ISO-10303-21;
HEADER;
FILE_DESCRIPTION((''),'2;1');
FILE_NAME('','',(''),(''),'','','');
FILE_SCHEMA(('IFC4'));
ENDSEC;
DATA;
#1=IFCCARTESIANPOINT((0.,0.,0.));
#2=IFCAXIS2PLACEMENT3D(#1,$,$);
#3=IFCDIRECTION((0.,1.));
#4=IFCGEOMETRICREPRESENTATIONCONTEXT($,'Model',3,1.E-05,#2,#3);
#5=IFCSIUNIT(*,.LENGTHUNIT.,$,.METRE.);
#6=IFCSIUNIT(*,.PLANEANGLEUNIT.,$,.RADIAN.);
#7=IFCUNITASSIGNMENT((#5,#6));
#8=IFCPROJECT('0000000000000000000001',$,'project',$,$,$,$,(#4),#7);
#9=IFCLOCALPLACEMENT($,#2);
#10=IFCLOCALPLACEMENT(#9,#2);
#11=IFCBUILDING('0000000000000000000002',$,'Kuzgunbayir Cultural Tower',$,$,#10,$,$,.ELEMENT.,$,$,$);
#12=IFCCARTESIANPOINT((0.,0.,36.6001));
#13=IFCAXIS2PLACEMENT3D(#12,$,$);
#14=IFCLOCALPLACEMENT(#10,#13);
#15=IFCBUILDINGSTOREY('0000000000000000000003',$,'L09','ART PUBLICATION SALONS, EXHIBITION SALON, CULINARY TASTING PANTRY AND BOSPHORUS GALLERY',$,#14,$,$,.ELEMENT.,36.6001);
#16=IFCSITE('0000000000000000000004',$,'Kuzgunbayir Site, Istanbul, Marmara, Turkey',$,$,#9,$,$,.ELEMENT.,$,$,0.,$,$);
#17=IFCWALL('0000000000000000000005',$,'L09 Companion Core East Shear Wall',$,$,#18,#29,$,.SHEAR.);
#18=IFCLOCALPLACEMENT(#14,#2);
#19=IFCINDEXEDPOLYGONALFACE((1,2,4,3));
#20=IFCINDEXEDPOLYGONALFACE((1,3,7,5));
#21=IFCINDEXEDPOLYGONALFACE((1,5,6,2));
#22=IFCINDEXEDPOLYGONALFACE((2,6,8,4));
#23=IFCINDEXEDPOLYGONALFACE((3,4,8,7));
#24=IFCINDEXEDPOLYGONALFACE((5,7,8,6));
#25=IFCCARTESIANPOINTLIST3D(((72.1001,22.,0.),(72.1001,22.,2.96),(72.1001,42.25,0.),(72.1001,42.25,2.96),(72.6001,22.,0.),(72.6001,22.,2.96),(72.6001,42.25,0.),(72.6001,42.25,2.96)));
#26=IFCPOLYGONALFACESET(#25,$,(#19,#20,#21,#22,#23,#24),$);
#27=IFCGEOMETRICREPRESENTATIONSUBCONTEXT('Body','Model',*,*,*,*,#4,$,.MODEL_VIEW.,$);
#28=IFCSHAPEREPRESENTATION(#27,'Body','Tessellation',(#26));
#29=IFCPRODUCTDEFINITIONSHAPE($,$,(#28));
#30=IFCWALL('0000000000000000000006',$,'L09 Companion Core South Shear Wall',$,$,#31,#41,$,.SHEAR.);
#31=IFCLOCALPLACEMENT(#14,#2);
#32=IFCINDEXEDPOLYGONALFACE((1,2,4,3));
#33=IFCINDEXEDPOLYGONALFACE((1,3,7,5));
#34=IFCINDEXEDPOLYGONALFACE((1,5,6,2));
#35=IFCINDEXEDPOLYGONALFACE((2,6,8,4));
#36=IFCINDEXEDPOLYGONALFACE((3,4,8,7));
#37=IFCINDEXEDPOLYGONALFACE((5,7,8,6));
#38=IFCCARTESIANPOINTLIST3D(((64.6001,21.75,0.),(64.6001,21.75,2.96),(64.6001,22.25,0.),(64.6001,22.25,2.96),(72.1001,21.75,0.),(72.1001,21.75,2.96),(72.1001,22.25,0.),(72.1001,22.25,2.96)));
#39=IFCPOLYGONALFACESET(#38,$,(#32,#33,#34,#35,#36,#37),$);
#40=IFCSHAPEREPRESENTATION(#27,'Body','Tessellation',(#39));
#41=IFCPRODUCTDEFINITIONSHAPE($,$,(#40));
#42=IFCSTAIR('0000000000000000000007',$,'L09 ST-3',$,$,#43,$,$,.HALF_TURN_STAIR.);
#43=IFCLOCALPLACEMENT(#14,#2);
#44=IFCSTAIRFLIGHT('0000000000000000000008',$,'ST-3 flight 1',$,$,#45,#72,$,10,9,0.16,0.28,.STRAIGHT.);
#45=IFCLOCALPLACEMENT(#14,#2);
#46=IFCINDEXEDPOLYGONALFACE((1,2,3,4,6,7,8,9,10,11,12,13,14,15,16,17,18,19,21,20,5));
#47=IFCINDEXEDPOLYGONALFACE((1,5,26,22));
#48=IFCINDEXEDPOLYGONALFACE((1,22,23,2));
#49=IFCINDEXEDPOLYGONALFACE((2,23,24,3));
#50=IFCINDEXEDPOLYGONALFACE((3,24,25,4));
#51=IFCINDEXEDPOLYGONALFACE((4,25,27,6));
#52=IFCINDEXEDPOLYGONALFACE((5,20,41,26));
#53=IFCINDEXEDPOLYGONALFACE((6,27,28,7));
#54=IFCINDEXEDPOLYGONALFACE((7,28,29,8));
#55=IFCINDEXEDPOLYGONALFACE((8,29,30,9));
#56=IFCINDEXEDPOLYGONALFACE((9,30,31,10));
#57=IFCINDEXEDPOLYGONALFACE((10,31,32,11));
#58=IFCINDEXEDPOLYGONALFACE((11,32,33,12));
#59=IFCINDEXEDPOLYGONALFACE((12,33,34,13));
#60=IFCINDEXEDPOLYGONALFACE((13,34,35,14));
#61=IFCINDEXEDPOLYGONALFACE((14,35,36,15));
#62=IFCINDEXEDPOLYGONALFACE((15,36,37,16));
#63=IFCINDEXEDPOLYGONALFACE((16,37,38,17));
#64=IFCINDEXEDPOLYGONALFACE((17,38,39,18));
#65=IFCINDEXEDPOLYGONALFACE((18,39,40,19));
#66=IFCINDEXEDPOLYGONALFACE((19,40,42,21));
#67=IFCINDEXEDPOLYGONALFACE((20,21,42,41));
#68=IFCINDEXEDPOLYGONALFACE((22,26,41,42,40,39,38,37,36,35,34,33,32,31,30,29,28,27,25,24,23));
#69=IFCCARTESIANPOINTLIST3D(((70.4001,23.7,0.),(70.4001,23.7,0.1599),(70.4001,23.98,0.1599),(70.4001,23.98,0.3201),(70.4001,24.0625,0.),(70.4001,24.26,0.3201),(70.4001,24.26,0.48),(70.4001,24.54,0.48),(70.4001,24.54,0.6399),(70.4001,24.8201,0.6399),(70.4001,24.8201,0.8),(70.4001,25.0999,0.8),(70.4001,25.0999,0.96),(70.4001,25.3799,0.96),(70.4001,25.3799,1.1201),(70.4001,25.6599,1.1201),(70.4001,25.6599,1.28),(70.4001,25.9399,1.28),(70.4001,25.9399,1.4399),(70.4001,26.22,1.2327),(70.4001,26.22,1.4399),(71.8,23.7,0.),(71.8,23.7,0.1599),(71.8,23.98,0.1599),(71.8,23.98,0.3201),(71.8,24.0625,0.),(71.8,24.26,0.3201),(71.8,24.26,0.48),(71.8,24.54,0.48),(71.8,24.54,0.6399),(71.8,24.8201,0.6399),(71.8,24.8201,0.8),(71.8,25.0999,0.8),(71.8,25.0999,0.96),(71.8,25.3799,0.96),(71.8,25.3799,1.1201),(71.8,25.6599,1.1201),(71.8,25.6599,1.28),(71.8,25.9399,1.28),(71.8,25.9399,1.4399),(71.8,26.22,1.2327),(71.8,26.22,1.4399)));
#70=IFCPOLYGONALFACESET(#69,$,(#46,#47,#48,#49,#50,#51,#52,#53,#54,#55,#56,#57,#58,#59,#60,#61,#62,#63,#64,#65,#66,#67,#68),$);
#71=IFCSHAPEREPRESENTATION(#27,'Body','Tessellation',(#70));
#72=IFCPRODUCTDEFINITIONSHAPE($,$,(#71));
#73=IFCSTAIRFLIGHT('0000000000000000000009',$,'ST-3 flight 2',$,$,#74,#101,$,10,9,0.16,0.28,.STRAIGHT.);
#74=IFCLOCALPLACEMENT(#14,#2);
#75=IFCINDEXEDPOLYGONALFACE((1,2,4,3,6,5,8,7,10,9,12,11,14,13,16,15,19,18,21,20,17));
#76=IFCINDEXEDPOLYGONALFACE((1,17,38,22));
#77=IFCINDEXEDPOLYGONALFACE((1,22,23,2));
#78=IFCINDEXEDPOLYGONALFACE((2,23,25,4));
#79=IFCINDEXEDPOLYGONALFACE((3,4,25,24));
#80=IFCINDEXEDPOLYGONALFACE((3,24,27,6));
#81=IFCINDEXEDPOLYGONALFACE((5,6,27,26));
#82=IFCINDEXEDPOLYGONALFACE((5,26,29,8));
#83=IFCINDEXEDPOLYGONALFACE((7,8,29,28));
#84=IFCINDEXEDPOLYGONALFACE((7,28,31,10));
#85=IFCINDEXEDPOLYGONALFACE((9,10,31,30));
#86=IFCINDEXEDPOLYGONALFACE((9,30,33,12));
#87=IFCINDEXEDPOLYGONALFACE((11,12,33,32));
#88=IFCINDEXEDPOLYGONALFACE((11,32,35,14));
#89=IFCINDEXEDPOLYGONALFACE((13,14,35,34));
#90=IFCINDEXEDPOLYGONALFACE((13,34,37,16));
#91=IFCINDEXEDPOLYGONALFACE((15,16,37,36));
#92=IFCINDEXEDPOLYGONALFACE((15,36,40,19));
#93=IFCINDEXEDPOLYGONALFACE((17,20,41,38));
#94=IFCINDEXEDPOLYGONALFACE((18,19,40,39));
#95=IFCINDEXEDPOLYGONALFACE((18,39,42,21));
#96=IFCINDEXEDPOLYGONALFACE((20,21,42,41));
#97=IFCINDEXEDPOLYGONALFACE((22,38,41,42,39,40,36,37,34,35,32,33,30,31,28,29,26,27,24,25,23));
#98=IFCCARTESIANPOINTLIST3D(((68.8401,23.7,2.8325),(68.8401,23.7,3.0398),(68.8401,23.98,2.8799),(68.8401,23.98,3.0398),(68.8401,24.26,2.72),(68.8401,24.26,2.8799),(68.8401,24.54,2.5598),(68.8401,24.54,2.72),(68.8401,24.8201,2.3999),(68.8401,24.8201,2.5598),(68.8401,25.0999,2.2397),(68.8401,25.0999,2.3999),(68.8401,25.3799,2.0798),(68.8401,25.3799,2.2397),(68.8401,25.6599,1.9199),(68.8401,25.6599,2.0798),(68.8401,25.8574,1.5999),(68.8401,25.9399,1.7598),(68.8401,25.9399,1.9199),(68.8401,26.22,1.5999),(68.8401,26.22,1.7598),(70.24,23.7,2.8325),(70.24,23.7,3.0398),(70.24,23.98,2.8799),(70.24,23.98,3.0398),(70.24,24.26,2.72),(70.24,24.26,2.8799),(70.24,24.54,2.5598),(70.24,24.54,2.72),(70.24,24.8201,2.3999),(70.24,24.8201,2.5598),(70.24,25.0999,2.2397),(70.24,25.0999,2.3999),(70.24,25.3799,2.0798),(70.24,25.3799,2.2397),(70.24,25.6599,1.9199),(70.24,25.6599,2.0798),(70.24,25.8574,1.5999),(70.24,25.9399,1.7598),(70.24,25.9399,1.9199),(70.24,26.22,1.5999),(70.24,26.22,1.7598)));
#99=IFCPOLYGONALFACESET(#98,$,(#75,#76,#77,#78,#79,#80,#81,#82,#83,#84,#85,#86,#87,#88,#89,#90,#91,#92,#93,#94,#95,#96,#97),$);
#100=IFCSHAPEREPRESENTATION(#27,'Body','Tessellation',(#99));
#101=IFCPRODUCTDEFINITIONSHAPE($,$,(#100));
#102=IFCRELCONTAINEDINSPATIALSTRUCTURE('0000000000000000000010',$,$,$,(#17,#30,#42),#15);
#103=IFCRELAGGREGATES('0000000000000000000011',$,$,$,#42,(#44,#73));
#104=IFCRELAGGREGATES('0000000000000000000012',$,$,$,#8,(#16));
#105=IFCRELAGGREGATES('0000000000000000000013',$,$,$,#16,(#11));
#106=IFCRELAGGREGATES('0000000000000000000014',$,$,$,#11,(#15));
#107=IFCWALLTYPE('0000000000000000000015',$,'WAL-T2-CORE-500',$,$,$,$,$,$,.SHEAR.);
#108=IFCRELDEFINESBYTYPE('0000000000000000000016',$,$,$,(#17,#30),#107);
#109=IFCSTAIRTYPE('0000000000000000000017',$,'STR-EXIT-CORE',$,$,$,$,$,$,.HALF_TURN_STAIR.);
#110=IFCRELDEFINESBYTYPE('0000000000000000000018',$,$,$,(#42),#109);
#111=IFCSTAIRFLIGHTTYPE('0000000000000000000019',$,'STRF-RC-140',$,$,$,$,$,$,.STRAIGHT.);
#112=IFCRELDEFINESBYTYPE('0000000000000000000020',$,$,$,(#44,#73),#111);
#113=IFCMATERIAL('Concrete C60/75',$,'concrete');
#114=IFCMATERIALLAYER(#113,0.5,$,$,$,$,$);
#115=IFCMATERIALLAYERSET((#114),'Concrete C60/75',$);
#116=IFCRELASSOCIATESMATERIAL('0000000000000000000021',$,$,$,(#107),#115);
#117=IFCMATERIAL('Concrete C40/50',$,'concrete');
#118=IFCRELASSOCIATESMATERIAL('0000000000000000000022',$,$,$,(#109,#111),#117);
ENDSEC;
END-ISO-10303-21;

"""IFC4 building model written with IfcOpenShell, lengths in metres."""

from ifc_helpers import new_model, si_unit, direction, frame, frame_2d, origin, place, context, subcontext, project, spatial, polyline, rectangle, outline, extrude, material, layer, layer_set, type_object, element, aggregate, save


model = new_model("IFC4")

# Units and contexts
model_context = context("Model", 3, precision=1e-05, world=origin(), true_north=direction((0.0, 1.0)))
body_context = subcontext(model_context, "Body", "Model", "MODEL_VIEW")
ifc_project = project(units=[si_unit("LENGTHUNIT", "METRE"), si_unit("PLANEANGLEUNIT", "RADIAN")], contexts=[model_context])

# Site, building, storey
site_placement = place(None, origin())
site = spatial("IfcSite", under=ifc_project, at=site_placement, Name="Kuzgunbayir Site, Istanbul, Marmara, Turkey", CompositionType="ELEMENT", RefElevation=0.0)
building_placement = place(site_placement, origin())
building = spatial("IfcBuilding", under=site, at=building_placement, Name="Kuzgunbayir Cultural Tower", CompositionType="ELEMENT")
storey_placement = place(building_placement, frame((0.0, 0.0, 36.6001)))
storey = spatial("IfcBuildingStorey", under=building, at=storey_placement, Name="L09", Description="ART PUBLICATION SALONS, EXHIBITION SALON, CULINARY TASTING PANTRY AND BOSPHORUS GALLERY", CompositionType="ELEMENT", Elevation=36.6001)

# Shared definitions
ifc_material_1 = material(Name="Concrete C60/75", Category="concrete")

# Shared definitions
ifc_material_2 = material(Name="Concrete C40/50", Category="concrete")

# Walls
ifc_layer_1 = layer(ifc_material_1, 0.5)
ifc_layer_set_1 = layer_set([ifc_layer_1], Name="Concrete C60/75")
wall_type_1 = type_object("IfcWallType", Name="WAL-T2-CORE-500", PredefinedType="SHEAR", material=ifc_layer_set_1)
wall_1_placement = place(storey_placement, frame((72.3501, 22.0, 0.0), z_axis=(0.0, 0.0, 1.0), x_axis=(0.0, 1.0, 0.0)))
element("IfcWall", 1, at=wall_1_placement, inside=storey, type_object=wall_type_1, Name="L09 Companion Core East Shear Wall", PredefinedType="SHEAR", context=body_context, shape_type="SweptSolid", body=[
    extrude(rectangle(XDim=20.25, YDim=0.5, at=frame_2d((10.125, 0.0))), origin(), (0.0, 0.0, 1.0), 2.96),
])
wall_2_placement = place(storey_placement, frame((64.6001, 22.0, 0.0), z_axis=(0.0, 0.0, 1.0), x_axis=(1.0, 0.0, 0.0)))
element("IfcWall", 2, at=wall_2_placement, inside=storey, type_object=wall_type_1, Name="L09 Companion Core South Shear Wall", PredefinedType="SHEAR", context=body_context, shape_type="SweptSolid", body=[
    extrude(rectangle(XDim=7.5, YDim=0.5, at=frame_2d((3.75, 0.0))), origin(), (0.0, 0.0, 1.0), 2.96),
])

# Stair, stair flights
stair_type = type_object("IfcStairType", Name="STR-EXIT-CORE", PredefinedType="HALF_TURN_STAIR", material=ifc_material_2)
stair_placement = place(storey_placement, origin())
stair = element("IfcStair", 3, at=stair_placement, inside=storey, type_object=stair_type, Name="L09 ST-3", PredefinedType="HALF_TURN_STAIR")
stair_flight_type = type_object("IfcStairFlightType", Name="STRF-RC-140", PredefinedType="STRAIGHT", material=ifc_material_2)
stair_flight_1_placement = place(storey_placement, frame((71.1001, 23.7, 0.0), z_axis=(0.0, 0.0, 1.0), x_axis=(0.0, 1.0, 0.0)))
stair_flight_1 = element("IfcStairFlight", 4, at=stair_flight_1_placement, type_object=stair_flight_type, Name="ST-3 flight 1", NumberOfRisers=10, NumberOfTreads=9, PredefinedType="STRAIGHT", RiserHeight=0.16, TreadLength=0.28, context=body_context, shape_type="SweptSolid", body=[
    extrude(outline(polyline([(0.0, 0.0), (0.0, 0.1599), (0.28, 0.1599), (0.28, 0.3201), (0.5601, 0.3201), (0.5601, 0.48), (0.8401, 0.48), (0.8401, 0.6399), (1.1201, 0.6399), (1.1201, 0.8), (1.3999, 0.8), (1.3999, 0.96), (1.6799, 0.96), (1.6799, 1.1201), (1.96, 1.1201), (1.96, 1.28), (2.24, 1.28), (2.24, 1.4399), (2.52, 1.4399), (2.52, 1.6001), (2.52, 1.2327), (0.3625, 0.0), (0.0, 0.0)])), frame((0.0, 0.7, 0.0), z_axis=(0.0, -1.0, 0.0), x_axis=(1.0, 0.0, 0.0)), (0.0, 0.0, 1.0), 1.3999),
])
stair_flight_2_placement = place(storey_placement, frame((69.54, 26.22, 1.5999), z_axis=(0.0, 0.0, 1.0), x_axis=(0.0, -1.0, 0.0)))
stair_flight_2 = element("IfcStairFlight", 5, at=stair_flight_2_placement, type_object=stair_flight_type, Name="ST-3 flight 2", NumberOfRisers=10, NumberOfTreads=9, PredefinedType="STRAIGHT", RiserHeight=0.16, TreadLength=0.28, context=body_context, shape_type="SweptSolid", body=[
    extrude(outline(polyline([(0.0, 0.0), (0.0, 0.1599), (0.28, 0.1599), (0.28, 0.3201), (0.5601, 0.3201), (0.5601, 0.48), (0.8401, 0.48), (0.8401, 0.6399), (1.1201, 0.6399), (1.1201, 0.8), (1.3999, 0.8), (1.3999, 0.96), (1.6799, 0.96), (1.6799, 1.1201), (1.96, 1.1201), (1.96, 1.28), (2.24, 1.28), (2.24, 1.4399), (2.52, 1.4399), (2.52, 1.6001), (2.52, 1.2327), (0.3625, 0.0), (0.0, 0.0)])), frame((0.0, 0.7, 0.0), z_axis=(0.0, -1.0, 0.0), x_axis=(1.0, 0.0, 0.0)), (0.0, 0.0, 1.0), 1.3999),
])
aggregate(stair, [stair_flight_1, stair_flight_2])

save(model, "model.ifc")
